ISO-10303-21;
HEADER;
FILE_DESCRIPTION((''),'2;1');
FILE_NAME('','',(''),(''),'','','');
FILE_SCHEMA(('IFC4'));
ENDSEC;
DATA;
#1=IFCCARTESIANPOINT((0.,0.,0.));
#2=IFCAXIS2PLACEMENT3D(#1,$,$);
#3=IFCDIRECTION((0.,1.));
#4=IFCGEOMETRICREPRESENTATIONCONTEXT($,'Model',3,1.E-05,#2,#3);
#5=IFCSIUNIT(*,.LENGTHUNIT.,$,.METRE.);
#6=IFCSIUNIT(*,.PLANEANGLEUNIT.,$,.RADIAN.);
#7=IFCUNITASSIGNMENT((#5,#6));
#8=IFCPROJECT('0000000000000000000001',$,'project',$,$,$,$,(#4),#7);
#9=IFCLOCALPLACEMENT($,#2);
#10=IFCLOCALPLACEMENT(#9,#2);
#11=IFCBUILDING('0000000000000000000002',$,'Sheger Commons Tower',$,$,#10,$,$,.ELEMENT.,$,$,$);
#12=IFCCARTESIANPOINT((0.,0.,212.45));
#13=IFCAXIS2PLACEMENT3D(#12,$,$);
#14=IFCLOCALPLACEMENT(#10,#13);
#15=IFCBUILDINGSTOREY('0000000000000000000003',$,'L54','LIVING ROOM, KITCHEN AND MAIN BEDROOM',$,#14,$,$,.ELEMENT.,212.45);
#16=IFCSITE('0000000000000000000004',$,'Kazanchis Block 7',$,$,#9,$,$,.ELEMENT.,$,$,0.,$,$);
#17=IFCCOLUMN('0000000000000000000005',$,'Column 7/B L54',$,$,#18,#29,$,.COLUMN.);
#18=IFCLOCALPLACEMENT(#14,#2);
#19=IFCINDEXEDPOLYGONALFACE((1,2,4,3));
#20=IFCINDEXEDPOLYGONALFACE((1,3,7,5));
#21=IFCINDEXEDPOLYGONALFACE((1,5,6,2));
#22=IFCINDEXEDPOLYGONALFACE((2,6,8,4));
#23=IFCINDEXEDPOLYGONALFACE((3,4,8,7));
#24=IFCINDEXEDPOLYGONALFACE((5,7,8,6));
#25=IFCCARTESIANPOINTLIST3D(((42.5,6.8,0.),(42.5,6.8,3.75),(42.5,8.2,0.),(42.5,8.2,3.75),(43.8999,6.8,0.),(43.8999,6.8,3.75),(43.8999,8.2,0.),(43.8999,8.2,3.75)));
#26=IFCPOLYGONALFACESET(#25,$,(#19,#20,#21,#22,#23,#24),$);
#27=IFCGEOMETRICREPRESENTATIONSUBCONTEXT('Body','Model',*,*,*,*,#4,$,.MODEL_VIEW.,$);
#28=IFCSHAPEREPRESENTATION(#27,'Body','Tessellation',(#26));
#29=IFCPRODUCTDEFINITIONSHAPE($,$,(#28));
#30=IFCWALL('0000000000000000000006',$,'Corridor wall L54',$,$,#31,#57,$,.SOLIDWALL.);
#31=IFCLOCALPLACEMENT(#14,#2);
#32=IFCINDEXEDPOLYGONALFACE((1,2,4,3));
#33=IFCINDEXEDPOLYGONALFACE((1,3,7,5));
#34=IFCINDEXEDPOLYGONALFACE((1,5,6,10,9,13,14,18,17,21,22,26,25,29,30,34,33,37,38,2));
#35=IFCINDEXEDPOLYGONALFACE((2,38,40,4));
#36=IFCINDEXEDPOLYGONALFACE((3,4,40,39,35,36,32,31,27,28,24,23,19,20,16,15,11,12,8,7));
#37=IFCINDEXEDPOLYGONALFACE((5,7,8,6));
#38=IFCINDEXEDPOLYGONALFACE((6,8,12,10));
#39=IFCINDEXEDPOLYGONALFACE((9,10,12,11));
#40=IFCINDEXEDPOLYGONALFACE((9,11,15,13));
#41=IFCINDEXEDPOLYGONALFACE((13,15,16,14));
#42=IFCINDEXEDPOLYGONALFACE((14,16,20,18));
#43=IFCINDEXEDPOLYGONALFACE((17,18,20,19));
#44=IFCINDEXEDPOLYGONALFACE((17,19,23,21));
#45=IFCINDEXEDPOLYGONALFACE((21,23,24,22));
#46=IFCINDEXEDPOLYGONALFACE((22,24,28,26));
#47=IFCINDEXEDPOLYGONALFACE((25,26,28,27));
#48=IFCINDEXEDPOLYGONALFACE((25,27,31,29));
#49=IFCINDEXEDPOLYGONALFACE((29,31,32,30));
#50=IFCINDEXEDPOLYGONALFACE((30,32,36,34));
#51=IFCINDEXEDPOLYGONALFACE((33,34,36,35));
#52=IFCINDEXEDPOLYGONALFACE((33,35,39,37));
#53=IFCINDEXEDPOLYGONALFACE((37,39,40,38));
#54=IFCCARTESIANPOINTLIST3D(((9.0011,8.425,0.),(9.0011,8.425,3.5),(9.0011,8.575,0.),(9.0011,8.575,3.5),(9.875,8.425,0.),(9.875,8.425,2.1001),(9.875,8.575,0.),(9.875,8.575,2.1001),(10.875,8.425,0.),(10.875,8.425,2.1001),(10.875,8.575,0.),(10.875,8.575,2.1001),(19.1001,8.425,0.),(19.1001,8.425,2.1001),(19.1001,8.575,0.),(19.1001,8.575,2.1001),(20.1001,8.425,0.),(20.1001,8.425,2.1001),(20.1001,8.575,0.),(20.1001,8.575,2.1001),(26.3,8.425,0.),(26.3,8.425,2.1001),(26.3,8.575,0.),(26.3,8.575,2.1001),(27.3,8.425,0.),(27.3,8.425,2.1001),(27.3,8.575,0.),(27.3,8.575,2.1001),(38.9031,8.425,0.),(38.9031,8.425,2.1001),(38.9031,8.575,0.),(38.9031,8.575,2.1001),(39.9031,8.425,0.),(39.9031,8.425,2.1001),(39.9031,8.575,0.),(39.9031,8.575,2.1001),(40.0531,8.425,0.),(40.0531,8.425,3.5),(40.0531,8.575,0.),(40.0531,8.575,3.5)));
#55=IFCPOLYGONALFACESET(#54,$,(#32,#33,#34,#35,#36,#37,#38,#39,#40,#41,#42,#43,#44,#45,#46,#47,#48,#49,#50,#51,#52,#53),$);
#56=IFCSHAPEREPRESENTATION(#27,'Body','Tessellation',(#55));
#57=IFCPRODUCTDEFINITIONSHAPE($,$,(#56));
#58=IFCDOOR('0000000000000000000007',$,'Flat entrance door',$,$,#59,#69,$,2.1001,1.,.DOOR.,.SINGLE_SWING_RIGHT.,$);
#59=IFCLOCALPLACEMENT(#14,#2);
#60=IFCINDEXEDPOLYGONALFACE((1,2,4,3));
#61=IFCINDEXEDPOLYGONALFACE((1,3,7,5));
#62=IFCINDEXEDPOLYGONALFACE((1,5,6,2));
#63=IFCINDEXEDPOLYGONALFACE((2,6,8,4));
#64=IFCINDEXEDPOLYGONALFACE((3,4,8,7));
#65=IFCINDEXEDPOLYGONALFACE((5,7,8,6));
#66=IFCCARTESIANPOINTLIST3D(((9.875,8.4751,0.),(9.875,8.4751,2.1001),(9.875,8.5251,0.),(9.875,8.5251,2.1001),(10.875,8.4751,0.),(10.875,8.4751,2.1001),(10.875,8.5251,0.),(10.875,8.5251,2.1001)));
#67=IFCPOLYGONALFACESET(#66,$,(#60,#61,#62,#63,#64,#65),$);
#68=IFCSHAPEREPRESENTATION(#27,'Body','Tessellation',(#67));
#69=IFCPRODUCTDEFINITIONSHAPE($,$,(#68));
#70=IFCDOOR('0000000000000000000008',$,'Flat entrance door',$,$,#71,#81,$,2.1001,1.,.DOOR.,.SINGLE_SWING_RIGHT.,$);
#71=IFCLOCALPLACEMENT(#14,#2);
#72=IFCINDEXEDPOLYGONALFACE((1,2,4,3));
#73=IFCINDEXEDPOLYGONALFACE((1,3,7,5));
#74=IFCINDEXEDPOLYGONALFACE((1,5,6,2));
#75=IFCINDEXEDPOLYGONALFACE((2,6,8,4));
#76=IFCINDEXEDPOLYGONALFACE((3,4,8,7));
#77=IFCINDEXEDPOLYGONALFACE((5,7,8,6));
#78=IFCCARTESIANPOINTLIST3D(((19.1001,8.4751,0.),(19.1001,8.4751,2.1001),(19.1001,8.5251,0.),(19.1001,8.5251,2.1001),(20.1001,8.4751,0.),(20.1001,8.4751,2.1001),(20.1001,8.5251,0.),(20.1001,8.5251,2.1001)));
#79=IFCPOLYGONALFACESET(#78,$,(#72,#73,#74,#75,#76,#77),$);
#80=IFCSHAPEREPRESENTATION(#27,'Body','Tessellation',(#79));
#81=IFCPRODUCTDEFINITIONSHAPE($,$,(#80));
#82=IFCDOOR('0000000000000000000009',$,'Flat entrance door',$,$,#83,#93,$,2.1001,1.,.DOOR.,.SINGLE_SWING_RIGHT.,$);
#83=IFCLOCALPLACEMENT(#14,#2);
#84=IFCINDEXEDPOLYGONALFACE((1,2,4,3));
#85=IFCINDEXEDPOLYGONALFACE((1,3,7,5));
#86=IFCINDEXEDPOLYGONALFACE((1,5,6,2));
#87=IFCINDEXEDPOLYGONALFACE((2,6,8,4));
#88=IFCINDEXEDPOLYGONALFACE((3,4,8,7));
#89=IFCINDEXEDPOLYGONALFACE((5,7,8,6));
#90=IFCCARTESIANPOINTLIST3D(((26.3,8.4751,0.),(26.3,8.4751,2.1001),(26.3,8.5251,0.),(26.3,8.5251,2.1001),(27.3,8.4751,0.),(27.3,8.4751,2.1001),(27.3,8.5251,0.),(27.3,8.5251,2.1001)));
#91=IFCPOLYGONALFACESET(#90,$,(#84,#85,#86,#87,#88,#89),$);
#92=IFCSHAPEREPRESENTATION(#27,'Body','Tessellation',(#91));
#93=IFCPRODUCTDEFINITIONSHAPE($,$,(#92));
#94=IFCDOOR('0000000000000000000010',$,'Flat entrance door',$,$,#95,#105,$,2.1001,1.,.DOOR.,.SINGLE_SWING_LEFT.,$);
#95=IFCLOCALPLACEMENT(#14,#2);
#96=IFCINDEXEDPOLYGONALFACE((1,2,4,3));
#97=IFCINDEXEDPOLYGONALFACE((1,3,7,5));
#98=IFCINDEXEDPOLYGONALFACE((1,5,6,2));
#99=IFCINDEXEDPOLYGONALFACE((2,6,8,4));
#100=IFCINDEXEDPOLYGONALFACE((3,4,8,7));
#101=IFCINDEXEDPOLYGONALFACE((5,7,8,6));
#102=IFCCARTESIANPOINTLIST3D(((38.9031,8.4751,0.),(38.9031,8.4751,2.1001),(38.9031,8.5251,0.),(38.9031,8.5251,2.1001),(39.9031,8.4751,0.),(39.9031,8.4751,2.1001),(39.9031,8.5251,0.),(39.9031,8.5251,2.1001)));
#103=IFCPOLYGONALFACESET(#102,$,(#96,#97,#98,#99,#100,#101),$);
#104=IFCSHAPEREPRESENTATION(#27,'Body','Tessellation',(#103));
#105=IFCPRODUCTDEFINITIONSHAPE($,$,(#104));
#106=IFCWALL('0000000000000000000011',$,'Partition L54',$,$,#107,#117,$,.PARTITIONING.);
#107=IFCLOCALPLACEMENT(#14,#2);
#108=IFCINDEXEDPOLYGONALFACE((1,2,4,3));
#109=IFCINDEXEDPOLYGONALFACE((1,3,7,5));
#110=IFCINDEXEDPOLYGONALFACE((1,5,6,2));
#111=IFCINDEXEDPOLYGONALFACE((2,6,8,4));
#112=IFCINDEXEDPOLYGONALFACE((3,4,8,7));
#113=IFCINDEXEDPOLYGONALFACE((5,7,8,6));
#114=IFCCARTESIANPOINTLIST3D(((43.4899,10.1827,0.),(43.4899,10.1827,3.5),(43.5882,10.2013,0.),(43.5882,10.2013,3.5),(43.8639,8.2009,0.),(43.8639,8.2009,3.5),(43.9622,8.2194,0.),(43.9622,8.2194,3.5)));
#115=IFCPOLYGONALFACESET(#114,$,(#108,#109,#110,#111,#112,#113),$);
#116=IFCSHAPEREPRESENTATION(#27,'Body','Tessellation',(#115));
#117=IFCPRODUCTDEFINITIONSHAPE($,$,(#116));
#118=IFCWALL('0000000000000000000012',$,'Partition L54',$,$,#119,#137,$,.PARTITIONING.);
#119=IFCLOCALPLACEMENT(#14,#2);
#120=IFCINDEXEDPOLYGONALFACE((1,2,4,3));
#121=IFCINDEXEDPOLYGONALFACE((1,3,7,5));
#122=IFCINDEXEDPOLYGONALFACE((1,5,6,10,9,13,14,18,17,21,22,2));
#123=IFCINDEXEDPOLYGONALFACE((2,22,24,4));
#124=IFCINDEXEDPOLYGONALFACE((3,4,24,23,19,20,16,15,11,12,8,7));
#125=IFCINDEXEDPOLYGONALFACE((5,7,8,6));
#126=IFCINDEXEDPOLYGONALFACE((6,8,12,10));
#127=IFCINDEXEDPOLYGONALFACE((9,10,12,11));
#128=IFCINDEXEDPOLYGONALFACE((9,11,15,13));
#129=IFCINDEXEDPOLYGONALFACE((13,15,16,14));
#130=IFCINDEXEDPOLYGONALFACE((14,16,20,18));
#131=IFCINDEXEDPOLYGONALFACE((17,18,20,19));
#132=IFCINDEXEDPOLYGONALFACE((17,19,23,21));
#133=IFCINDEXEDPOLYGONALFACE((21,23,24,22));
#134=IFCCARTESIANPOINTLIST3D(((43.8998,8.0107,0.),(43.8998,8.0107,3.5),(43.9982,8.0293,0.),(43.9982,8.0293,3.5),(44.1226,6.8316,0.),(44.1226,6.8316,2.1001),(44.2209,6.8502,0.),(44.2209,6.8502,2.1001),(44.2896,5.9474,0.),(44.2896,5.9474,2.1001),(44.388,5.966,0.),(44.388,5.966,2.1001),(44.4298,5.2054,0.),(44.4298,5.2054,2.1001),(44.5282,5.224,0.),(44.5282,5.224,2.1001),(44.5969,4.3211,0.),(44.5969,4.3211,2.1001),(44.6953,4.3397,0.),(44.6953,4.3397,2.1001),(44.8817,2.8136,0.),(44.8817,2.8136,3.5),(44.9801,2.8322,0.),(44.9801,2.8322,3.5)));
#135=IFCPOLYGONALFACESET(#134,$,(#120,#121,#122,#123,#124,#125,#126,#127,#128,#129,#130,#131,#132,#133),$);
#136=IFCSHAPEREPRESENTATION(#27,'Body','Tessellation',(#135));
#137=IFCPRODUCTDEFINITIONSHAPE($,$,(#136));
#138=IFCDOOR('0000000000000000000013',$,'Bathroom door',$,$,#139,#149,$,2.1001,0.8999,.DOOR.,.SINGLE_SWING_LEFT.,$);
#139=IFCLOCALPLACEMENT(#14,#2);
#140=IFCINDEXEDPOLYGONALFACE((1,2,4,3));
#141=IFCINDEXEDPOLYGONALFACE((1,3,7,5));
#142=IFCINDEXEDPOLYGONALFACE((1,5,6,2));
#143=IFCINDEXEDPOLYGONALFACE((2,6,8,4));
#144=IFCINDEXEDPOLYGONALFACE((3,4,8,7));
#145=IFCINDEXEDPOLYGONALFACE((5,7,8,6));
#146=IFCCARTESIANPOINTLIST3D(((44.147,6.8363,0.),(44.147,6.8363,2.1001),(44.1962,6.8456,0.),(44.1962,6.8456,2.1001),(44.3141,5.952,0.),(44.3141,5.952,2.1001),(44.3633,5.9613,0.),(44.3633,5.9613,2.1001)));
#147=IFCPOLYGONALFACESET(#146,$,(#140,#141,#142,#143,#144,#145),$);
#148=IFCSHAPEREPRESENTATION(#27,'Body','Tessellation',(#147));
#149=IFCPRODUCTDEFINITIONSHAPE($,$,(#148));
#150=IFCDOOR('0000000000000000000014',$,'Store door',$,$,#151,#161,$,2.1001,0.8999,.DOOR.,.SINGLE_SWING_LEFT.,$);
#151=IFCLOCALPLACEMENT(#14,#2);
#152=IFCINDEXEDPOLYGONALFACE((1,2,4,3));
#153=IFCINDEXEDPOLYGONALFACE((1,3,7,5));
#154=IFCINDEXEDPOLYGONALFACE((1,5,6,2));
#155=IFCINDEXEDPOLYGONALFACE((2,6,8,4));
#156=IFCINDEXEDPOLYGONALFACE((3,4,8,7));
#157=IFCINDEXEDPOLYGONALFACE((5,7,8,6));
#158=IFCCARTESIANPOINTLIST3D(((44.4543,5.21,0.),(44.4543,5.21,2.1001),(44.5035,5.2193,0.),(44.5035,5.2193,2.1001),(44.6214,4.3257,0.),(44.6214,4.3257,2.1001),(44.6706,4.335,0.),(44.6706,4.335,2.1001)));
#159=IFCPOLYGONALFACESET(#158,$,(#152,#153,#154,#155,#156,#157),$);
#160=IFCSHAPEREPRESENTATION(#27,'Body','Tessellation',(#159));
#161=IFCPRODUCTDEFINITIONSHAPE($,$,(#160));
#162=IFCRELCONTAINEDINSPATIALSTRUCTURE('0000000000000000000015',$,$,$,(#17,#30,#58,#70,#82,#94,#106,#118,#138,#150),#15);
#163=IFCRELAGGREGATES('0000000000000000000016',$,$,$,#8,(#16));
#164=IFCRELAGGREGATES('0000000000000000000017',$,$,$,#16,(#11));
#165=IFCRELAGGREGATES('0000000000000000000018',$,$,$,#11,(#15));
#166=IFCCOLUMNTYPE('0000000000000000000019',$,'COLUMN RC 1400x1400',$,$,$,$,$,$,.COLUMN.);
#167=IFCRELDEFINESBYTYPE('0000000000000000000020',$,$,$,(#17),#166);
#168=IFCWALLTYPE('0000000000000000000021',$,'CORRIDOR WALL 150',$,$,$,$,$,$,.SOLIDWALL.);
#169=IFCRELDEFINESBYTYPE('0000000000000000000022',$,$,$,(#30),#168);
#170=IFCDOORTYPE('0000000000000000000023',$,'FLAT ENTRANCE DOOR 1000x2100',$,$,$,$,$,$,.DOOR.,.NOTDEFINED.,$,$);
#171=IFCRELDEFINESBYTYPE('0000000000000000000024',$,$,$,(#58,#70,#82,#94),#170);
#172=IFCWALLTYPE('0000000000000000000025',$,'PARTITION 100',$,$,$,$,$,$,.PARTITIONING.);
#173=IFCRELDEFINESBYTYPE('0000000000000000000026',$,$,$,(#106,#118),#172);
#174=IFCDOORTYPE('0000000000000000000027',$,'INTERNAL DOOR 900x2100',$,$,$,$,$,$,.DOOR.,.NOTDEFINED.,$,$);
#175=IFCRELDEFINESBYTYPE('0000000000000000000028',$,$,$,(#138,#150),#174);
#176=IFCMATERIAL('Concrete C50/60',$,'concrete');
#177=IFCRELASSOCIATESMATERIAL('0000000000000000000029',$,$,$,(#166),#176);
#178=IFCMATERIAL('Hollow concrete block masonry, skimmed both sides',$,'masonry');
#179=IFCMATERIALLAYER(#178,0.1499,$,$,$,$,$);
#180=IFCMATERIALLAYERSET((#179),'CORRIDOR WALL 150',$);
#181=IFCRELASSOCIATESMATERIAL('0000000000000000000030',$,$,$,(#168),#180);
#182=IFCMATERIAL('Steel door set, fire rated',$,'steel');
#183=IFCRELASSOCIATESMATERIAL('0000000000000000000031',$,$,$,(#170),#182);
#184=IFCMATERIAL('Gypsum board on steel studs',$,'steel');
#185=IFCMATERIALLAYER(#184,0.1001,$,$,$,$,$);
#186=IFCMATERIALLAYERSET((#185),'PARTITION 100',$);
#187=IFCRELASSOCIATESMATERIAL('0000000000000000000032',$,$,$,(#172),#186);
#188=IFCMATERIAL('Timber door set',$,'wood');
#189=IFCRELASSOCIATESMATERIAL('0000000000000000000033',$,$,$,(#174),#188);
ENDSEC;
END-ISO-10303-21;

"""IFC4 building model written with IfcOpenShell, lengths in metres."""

from ifc_helpers import new_model, si_unit, direction, frame, frame_2d, origin, origin_2d, place, context, subcontext, project, spatial, rectangle, extrude, material, layer, layer_set, material_profile, profile_set, type_object, element, fill, save


model = new_model("IFC4")

# Units and contexts
model_context = context("Model", 3, precision=1e-05, world=origin(), true_north=direction((0.0, 1.0)))
body_context = subcontext(model_context, "Body", "Model", "MODEL_VIEW")
ifc_project = project(units=[si_unit("LENGTHUNIT", "METRE"), si_unit("PLANEANGLEUNIT", "RADIAN")], contexts=[model_context])

# Site, building, storey
site_placement = place(None, origin())
site = spatial("IfcSite", under=ifc_project, at=site_placement, Name="Kazanchis Block 7", CompositionType="ELEMENT", RefElevation=0.0)
building_placement = place(site_placement, origin())
building = spatial("IfcBuilding", under=site, at=building_placement, Name="Sheger Commons Tower", CompositionType="ELEMENT")
storey_placement = place(building_placement, frame((0.0, 0.0, 212.45)))
storey = spatial("IfcBuildingStorey", under=building, at=storey_placement, Name="L54", Description="LIVING ROOM, KITCHEN AND MAIN BEDROOM", CompositionType="ELEMENT", Elevation=212.45)

# Column
ifc_material_1 = material(Name="Concrete C50/60", Category="concrete")
ifc_material_profile = material_profile(ifc_material_1, rectangle(XDim=1.3999, YDim=1.3999, at=origin_2d()), Name="RC 1400x1400")
ifc_profile_set = profile_set([ifc_material_profile], Name="Concrete C50/60")
column_type = type_object("IfcColumnType", Name="COLUMN RC 1400x1400", PredefinedType="COLUMN", material=ifc_profile_set)
column_placement = place(storey_placement, frame((43.2, 7.5, 0.0), z_axis=(0.0, 0.0, 1.0), x_axis=(1.0, 0.0, 0.0)))
element("IfcColumn", 1, at=column_placement, inside=storey, type_object=column_type, Name="Column 7/B L54", PredefinedType="COLUMN", context=body_context, shape_type="SweptSolid", body=[
    extrude(rectangle(XDim=1.3999, YDim=1.3999, at=origin_2d()), origin(), (0.0, 0.0, 1.0), 3.75),
])

# Wall, openings, doors
ifc_material_2 = material(Name="Hollow concrete block masonry, skimmed both sides", Category="masonry")
ifc_layer_1 = layer(ifc_material_2, 0.1499)
ifc_layer_set_1 = layer_set([ifc_layer_1], Name="CORRIDOR WALL 150")
wall_type_1 = type_object("IfcWallType", Name="CORRIDOR WALL 150", PredefinedType="SOLIDWALL", material=ifc_layer_set_1)
wall_1_placement = place(storey_placement, frame((40.053, 8.5, 0.0), z_axis=(0.0, 0.0, 1.0), x_axis=(-1.0, 0.0, 0.0)))
wall_1 = element("IfcWall", 2, at=wall_1_placement, inside=storey, type_object=wall_type_1, Name="Corridor wall L54", PredefinedType="SOLIDWALL", context=body_context, shape_type="SweptSolid", body=[
    extrude(rectangle(XDim=31.052, YDim=0.1499, at=frame_2d((15.5259, 0.0))), origin(), (0.0, 0.0, 1.0), 3.5),
])
opening_1_placement = place(wall_1_placement, frame((29.178, 0.0, 0.0)))
opening_1 = element("IfcOpeningElement", 3, at=opening_1_placement, cuts=wall_1, PredefinedType="OPENING", context=body_context, shape_type="SweptSolid", body=[
    extrude(rectangle(XDim=1.0, YDim=2.1001, at=frame_2d((0.5, 1.05))), frame((0.0, 0.085, 0.0), z_axis=(0.0, -1.0, 0.0), x_axis=(1.0, 0.0, 0.0)), (0.0, 0.0, 1.0), 0.1699),
])
opening_2_placement = place(wall_1_placement, frame((19.9529, 0.0, 0.0)))
opening_2 = element("IfcOpeningElement", 4, at=opening_2_placement, cuts=wall_1, PredefinedType="OPENING", context=body_context, shape_type="SweptSolid", body=[
    extrude(rectangle(XDim=1.0, YDim=2.1001, at=frame_2d((0.5, 1.05))), frame((0.0, 0.085, 0.0), z_axis=(0.0, -1.0, 0.0), x_axis=(1.0, 0.0, 0.0)), (0.0, 0.0, 1.0), 0.1699),
])
opening_3_placement = place(wall_1_placement, frame((12.7529, 0.0, 0.0)))
opening_3 = element("IfcOpeningElement", 5, at=opening_3_placement, cuts=wall_1, PredefinedType="OPENING", context=body_context, shape_type="SweptSolid", body=[
    extrude(rectangle(XDim=1.0, YDim=2.1001, at=frame_2d((0.5, 1.05))), frame((0.0, 0.085, 0.0), z_axis=(0.0, -1.0, 0.0), x_axis=(1.0, 0.0, 0.0)), (0.0, 0.0, 1.0), 0.1699),
])
opening_4_placement = place(wall_1_placement, frame((0.1499, 0.0, 0.0)))
opening_4 = element("IfcOpeningElement", 6, at=opening_4_placement, cuts=wall_1, PredefinedType="OPENING", context=body_context, shape_type="SweptSolid", body=[
    extrude(rectangle(XDim=1.0, YDim=2.1001, at=frame_2d((0.5, 1.05))), frame((0.0, 0.085, 0.0), z_axis=(0.0, -1.0, 0.0), x_axis=(1.0, 0.0, 0.0)), (0.0, 0.0, 1.0), 0.1699),
])
ifc_material_3 = material(Name="Steel door set, fire rated", Category="steel")
door_type_1 = type_object("IfcDoorType", Name="FLAT ENTRANCE DOOR 1000x2100", OperationType="NOTDEFINED", PredefinedType="DOOR", material=ifc_material_3)
door_1_placement = place(opening_1_placement, origin())
door_1 = element("IfcDoor", 7, at=door_1_placement, inside=storey, type_object=door_type_1, Name="Flat entrance door", OperationType="SINGLE_SWING_RIGHT", OverallHeight=2.1001, OverallWidth=1.0, PredefinedType="DOOR", context=body_context, shape_type="SweptSolid", body=[
    extrude(rectangle(XDim=1.0, YDim=2.1001, at=frame_2d((0.5, 1.05))), frame((0.0, 0.0249, 0.0), z_axis=(0.0, -1.0, 0.0), x_axis=(1.0, 0.0, 0.0)), (0.0, 0.0, 1.0), 0.05),
])
fill(opening_1, door_1)
door_2_placement = place(opening_2_placement, origin())
door_2 = element("IfcDoor", 8, at=door_2_placement, inside=storey, type_object=door_type_1, Name="Flat entrance door", OperationType="SINGLE_SWING_RIGHT", OverallHeight=2.1001, OverallWidth=1.0, PredefinedType="DOOR", context=body_context, shape_type="SweptSolid", body=[
    extrude(rectangle(XDim=1.0, YDim=2.1001, at=frame_2d((0.5, 1.05))), frame((0.0, 0.0249, 0.0), z_axis=(0.0, -1.0, 0.0), x_axis=(1.0, 0.0, 0.0)), (0.0, 0.0, 1.0), 0.05),
])
fill(opening_2, door_2)
door_3_placement = place(opening_3_placement, origin())
door_3 = element("IfcDoor", 9, at=door_3_placement, inside=storey, type_object=door_type_1, Name="Flat entrance door", OperationType="SINGLE_SWING_RIGHT", OverallHeight=2.1001, OverallWidth=1.0, PredefinedType="DOOR", context=body_context, shape_type="SweptSolid", body=[
    extrude(rectangle(XDim=1.0, YDim=2.1001, at=frame_2d((0.5, 1.05))), frame((0.0, 0.0249, 0.0), z_axis=(0.0, -1.0, 0.0), x_axis=(1.0, 0.0, 0.0)), (0.0, 0.0, 1.0), 0.05),
])
fill(opening_3, door_3)
door_4_placement = place(opening_4_placement, origin())
door_4 = element("IfcDoor", 10, at=door_4_placement, inside=storey, type_object=door_type_1, Name="Flat entrance door", OperationType="SINGLE_SWING_LEFT", OverallHeight=2.1001, OverallWidth=1.0, PredefinedType="DOOR", context=body_context, shape_type="SweptSolid", body=[
    extrude(rectangle(XDim=1.0, YDim=2.1001, at=frame_2d((0.5, 1.05))), frame((0.0, 0.0249, 0.0), z_axis=(0.0, -1.0, 0.0), x_axis=(1.0, 0.0, 0.0)), (0.0, 0.0, 1.0), 0.05),
])
fill(opening_4, door_4)

# Wall
ifc_material_4 = material(Name="Gypsum board on steel studs", Category="steel")
ifc_layer_2 = layer(ifc_material_4, 0.1001)
ifc_layer_set_2 = layer_set([ifc_layer_2], Name="PARTITION 100")
wall_type_2 = type_object("IfcWallType", Name="PARTITION 100", PredefinedType="PARTITIONING", material=ifc_layer_set_2)
wall_2_placement = place(storey_placement, frame((43.5391, 10.1919, 0.0), z_axis=(0.0, 0.0, 1.0), x_axis=(0.185443, -0.982655, 0.0)))
element("IfcWall", 11, at=wall_2_placement, inside=storey, type_object=wall_type_2, Name="Partition L54", PredefinedType="PARTITIONING", context=body_context, shape_type="SweptSolid", body=[
    extrude(rectangle(XDim=2.0168, YDim=0.1001, at=frame_2d((1.0083, 0.0))), origin(), (0.0, 0.0, 1.0), 3.5),
])

# Wall, openings, doors
wall_3_placement = place(storey_placement, frame((43.949, 8.02, 0.0), z_axis=(0.0, 0.0, 1.0), x_axis=(0.185657, -0.982615, 0.0)))
wall_3 = element("IfcWall", 12, at=wall_3_placement, inside=storey, type_object=wall_type_2, Name="Partition L54", PredefinedType="PARTITIONING", context=body_context, shape_type="SweptSolid", body=[
    extrude(rectangle(XDim=5.2891, YDim=0.1001, at=frame_2d((2.6445, 0.0))), origin(), (0.0, 0.0, 1.0), 3.5),
])
opening_5_placement = place(wall_3_placement, frame((1.2, 0.0, 0.0)))
opening_5 = element("IfcOpeningElement", 13, at=opening_5_placement, cuts=wall_3, PredefinedType="OPENING", context=body_context, shape_type="SweptSolid", body=[
    extrude(rectangle(XDim=0.8999, YDim=2.1001, at=frame_2d((0.45, 1.05))), frame((0.0, 0.0601, 0.0), z_axis=(0.0, -1.0, 0.0), x_axis=(1.0, 0.0, 0.0)), (0.0, 0.0, 1.0), 0.1201),
])
opening_6_placement = place(wall_3_placement, frame((2.855, 0.0, 0.0)))
opening_6 = element("IfcOpeningElement", 14, at=opening_6_placement, cuts=wall_3, PredefinedType="OPENING", context=body_context, shape_type="SweptSolid", body=[
    extrude(rectangle(XDim=0.8999, YDim=2.1001, at=frame_2d((0.45, 1.05))), frame((0.0, 0.0601, 0.0), z_axis=(0.0, -1.0, 0.0), x_axis=(1.0, 0.0, 0.0)), (0.0, 0.0, 1.0), 0.1201),
])
ifc_material_5 = material(Name="Timber door set", Category="wood")
door_type_2 = type_object("IfcDoorType", Name="INTERNAL DOOR 900x2100", OperationType="NOTDEFINED", PredefinedType="DOOR", material=ifc_material_5)
door_5_placement = place(opening_5_placement, origin())
door_5 = element("IfcDoor", 15, at=door_5_placement, inside=storey, type_object=door_type_2, Name="Bathroom door", OperationType="SINGLE_SWING_LEFT", OverallHeight=2.1001, OverallWidth=0.8999, PredefinedType="DOOR", context=body_context, shape_type="SweptSolid", body=[
    extrude(rectangle(XDim=0.8999, YDim=2.1001, at=frame_2d((0.45, 1.05))), frame((0.0, 0.0249, 0.0), z_axis=(0.0, -1.0, 0.0), x_axis=(1.0, 0.0, 0.0)), (0.0, 0.0, 1.0), 0.05),
])
fill(opening_5, door_5)
door_6_placement = place(opening_6_placement, origin())
door_6 = element("IfcDoor", 16, at=door_6_placement, inside=storey, type_object=door_type_2, Name="Store door", OperationType="SINGLE_SWING_LEFT", OverallHeight=2.1001, OverallWidth=0.8999, PredefinedType="DOOR", context=body_context, shape_type="SweptSolid", body=[
    extrude(rectangle(XDim=0.8999, YDim=2.1001, at=frame_2d((0.45, 1.05))), frame((0.0, 0.0249, 0.0), z_axis=(0.0, -1.0, 0.0), x_axis=(1.0, 0.0, 0.0)), (0.0, 0.0, 1.0), 0.05),
])
fill(opening_6, door_6)

save(model, "model.ifc")
